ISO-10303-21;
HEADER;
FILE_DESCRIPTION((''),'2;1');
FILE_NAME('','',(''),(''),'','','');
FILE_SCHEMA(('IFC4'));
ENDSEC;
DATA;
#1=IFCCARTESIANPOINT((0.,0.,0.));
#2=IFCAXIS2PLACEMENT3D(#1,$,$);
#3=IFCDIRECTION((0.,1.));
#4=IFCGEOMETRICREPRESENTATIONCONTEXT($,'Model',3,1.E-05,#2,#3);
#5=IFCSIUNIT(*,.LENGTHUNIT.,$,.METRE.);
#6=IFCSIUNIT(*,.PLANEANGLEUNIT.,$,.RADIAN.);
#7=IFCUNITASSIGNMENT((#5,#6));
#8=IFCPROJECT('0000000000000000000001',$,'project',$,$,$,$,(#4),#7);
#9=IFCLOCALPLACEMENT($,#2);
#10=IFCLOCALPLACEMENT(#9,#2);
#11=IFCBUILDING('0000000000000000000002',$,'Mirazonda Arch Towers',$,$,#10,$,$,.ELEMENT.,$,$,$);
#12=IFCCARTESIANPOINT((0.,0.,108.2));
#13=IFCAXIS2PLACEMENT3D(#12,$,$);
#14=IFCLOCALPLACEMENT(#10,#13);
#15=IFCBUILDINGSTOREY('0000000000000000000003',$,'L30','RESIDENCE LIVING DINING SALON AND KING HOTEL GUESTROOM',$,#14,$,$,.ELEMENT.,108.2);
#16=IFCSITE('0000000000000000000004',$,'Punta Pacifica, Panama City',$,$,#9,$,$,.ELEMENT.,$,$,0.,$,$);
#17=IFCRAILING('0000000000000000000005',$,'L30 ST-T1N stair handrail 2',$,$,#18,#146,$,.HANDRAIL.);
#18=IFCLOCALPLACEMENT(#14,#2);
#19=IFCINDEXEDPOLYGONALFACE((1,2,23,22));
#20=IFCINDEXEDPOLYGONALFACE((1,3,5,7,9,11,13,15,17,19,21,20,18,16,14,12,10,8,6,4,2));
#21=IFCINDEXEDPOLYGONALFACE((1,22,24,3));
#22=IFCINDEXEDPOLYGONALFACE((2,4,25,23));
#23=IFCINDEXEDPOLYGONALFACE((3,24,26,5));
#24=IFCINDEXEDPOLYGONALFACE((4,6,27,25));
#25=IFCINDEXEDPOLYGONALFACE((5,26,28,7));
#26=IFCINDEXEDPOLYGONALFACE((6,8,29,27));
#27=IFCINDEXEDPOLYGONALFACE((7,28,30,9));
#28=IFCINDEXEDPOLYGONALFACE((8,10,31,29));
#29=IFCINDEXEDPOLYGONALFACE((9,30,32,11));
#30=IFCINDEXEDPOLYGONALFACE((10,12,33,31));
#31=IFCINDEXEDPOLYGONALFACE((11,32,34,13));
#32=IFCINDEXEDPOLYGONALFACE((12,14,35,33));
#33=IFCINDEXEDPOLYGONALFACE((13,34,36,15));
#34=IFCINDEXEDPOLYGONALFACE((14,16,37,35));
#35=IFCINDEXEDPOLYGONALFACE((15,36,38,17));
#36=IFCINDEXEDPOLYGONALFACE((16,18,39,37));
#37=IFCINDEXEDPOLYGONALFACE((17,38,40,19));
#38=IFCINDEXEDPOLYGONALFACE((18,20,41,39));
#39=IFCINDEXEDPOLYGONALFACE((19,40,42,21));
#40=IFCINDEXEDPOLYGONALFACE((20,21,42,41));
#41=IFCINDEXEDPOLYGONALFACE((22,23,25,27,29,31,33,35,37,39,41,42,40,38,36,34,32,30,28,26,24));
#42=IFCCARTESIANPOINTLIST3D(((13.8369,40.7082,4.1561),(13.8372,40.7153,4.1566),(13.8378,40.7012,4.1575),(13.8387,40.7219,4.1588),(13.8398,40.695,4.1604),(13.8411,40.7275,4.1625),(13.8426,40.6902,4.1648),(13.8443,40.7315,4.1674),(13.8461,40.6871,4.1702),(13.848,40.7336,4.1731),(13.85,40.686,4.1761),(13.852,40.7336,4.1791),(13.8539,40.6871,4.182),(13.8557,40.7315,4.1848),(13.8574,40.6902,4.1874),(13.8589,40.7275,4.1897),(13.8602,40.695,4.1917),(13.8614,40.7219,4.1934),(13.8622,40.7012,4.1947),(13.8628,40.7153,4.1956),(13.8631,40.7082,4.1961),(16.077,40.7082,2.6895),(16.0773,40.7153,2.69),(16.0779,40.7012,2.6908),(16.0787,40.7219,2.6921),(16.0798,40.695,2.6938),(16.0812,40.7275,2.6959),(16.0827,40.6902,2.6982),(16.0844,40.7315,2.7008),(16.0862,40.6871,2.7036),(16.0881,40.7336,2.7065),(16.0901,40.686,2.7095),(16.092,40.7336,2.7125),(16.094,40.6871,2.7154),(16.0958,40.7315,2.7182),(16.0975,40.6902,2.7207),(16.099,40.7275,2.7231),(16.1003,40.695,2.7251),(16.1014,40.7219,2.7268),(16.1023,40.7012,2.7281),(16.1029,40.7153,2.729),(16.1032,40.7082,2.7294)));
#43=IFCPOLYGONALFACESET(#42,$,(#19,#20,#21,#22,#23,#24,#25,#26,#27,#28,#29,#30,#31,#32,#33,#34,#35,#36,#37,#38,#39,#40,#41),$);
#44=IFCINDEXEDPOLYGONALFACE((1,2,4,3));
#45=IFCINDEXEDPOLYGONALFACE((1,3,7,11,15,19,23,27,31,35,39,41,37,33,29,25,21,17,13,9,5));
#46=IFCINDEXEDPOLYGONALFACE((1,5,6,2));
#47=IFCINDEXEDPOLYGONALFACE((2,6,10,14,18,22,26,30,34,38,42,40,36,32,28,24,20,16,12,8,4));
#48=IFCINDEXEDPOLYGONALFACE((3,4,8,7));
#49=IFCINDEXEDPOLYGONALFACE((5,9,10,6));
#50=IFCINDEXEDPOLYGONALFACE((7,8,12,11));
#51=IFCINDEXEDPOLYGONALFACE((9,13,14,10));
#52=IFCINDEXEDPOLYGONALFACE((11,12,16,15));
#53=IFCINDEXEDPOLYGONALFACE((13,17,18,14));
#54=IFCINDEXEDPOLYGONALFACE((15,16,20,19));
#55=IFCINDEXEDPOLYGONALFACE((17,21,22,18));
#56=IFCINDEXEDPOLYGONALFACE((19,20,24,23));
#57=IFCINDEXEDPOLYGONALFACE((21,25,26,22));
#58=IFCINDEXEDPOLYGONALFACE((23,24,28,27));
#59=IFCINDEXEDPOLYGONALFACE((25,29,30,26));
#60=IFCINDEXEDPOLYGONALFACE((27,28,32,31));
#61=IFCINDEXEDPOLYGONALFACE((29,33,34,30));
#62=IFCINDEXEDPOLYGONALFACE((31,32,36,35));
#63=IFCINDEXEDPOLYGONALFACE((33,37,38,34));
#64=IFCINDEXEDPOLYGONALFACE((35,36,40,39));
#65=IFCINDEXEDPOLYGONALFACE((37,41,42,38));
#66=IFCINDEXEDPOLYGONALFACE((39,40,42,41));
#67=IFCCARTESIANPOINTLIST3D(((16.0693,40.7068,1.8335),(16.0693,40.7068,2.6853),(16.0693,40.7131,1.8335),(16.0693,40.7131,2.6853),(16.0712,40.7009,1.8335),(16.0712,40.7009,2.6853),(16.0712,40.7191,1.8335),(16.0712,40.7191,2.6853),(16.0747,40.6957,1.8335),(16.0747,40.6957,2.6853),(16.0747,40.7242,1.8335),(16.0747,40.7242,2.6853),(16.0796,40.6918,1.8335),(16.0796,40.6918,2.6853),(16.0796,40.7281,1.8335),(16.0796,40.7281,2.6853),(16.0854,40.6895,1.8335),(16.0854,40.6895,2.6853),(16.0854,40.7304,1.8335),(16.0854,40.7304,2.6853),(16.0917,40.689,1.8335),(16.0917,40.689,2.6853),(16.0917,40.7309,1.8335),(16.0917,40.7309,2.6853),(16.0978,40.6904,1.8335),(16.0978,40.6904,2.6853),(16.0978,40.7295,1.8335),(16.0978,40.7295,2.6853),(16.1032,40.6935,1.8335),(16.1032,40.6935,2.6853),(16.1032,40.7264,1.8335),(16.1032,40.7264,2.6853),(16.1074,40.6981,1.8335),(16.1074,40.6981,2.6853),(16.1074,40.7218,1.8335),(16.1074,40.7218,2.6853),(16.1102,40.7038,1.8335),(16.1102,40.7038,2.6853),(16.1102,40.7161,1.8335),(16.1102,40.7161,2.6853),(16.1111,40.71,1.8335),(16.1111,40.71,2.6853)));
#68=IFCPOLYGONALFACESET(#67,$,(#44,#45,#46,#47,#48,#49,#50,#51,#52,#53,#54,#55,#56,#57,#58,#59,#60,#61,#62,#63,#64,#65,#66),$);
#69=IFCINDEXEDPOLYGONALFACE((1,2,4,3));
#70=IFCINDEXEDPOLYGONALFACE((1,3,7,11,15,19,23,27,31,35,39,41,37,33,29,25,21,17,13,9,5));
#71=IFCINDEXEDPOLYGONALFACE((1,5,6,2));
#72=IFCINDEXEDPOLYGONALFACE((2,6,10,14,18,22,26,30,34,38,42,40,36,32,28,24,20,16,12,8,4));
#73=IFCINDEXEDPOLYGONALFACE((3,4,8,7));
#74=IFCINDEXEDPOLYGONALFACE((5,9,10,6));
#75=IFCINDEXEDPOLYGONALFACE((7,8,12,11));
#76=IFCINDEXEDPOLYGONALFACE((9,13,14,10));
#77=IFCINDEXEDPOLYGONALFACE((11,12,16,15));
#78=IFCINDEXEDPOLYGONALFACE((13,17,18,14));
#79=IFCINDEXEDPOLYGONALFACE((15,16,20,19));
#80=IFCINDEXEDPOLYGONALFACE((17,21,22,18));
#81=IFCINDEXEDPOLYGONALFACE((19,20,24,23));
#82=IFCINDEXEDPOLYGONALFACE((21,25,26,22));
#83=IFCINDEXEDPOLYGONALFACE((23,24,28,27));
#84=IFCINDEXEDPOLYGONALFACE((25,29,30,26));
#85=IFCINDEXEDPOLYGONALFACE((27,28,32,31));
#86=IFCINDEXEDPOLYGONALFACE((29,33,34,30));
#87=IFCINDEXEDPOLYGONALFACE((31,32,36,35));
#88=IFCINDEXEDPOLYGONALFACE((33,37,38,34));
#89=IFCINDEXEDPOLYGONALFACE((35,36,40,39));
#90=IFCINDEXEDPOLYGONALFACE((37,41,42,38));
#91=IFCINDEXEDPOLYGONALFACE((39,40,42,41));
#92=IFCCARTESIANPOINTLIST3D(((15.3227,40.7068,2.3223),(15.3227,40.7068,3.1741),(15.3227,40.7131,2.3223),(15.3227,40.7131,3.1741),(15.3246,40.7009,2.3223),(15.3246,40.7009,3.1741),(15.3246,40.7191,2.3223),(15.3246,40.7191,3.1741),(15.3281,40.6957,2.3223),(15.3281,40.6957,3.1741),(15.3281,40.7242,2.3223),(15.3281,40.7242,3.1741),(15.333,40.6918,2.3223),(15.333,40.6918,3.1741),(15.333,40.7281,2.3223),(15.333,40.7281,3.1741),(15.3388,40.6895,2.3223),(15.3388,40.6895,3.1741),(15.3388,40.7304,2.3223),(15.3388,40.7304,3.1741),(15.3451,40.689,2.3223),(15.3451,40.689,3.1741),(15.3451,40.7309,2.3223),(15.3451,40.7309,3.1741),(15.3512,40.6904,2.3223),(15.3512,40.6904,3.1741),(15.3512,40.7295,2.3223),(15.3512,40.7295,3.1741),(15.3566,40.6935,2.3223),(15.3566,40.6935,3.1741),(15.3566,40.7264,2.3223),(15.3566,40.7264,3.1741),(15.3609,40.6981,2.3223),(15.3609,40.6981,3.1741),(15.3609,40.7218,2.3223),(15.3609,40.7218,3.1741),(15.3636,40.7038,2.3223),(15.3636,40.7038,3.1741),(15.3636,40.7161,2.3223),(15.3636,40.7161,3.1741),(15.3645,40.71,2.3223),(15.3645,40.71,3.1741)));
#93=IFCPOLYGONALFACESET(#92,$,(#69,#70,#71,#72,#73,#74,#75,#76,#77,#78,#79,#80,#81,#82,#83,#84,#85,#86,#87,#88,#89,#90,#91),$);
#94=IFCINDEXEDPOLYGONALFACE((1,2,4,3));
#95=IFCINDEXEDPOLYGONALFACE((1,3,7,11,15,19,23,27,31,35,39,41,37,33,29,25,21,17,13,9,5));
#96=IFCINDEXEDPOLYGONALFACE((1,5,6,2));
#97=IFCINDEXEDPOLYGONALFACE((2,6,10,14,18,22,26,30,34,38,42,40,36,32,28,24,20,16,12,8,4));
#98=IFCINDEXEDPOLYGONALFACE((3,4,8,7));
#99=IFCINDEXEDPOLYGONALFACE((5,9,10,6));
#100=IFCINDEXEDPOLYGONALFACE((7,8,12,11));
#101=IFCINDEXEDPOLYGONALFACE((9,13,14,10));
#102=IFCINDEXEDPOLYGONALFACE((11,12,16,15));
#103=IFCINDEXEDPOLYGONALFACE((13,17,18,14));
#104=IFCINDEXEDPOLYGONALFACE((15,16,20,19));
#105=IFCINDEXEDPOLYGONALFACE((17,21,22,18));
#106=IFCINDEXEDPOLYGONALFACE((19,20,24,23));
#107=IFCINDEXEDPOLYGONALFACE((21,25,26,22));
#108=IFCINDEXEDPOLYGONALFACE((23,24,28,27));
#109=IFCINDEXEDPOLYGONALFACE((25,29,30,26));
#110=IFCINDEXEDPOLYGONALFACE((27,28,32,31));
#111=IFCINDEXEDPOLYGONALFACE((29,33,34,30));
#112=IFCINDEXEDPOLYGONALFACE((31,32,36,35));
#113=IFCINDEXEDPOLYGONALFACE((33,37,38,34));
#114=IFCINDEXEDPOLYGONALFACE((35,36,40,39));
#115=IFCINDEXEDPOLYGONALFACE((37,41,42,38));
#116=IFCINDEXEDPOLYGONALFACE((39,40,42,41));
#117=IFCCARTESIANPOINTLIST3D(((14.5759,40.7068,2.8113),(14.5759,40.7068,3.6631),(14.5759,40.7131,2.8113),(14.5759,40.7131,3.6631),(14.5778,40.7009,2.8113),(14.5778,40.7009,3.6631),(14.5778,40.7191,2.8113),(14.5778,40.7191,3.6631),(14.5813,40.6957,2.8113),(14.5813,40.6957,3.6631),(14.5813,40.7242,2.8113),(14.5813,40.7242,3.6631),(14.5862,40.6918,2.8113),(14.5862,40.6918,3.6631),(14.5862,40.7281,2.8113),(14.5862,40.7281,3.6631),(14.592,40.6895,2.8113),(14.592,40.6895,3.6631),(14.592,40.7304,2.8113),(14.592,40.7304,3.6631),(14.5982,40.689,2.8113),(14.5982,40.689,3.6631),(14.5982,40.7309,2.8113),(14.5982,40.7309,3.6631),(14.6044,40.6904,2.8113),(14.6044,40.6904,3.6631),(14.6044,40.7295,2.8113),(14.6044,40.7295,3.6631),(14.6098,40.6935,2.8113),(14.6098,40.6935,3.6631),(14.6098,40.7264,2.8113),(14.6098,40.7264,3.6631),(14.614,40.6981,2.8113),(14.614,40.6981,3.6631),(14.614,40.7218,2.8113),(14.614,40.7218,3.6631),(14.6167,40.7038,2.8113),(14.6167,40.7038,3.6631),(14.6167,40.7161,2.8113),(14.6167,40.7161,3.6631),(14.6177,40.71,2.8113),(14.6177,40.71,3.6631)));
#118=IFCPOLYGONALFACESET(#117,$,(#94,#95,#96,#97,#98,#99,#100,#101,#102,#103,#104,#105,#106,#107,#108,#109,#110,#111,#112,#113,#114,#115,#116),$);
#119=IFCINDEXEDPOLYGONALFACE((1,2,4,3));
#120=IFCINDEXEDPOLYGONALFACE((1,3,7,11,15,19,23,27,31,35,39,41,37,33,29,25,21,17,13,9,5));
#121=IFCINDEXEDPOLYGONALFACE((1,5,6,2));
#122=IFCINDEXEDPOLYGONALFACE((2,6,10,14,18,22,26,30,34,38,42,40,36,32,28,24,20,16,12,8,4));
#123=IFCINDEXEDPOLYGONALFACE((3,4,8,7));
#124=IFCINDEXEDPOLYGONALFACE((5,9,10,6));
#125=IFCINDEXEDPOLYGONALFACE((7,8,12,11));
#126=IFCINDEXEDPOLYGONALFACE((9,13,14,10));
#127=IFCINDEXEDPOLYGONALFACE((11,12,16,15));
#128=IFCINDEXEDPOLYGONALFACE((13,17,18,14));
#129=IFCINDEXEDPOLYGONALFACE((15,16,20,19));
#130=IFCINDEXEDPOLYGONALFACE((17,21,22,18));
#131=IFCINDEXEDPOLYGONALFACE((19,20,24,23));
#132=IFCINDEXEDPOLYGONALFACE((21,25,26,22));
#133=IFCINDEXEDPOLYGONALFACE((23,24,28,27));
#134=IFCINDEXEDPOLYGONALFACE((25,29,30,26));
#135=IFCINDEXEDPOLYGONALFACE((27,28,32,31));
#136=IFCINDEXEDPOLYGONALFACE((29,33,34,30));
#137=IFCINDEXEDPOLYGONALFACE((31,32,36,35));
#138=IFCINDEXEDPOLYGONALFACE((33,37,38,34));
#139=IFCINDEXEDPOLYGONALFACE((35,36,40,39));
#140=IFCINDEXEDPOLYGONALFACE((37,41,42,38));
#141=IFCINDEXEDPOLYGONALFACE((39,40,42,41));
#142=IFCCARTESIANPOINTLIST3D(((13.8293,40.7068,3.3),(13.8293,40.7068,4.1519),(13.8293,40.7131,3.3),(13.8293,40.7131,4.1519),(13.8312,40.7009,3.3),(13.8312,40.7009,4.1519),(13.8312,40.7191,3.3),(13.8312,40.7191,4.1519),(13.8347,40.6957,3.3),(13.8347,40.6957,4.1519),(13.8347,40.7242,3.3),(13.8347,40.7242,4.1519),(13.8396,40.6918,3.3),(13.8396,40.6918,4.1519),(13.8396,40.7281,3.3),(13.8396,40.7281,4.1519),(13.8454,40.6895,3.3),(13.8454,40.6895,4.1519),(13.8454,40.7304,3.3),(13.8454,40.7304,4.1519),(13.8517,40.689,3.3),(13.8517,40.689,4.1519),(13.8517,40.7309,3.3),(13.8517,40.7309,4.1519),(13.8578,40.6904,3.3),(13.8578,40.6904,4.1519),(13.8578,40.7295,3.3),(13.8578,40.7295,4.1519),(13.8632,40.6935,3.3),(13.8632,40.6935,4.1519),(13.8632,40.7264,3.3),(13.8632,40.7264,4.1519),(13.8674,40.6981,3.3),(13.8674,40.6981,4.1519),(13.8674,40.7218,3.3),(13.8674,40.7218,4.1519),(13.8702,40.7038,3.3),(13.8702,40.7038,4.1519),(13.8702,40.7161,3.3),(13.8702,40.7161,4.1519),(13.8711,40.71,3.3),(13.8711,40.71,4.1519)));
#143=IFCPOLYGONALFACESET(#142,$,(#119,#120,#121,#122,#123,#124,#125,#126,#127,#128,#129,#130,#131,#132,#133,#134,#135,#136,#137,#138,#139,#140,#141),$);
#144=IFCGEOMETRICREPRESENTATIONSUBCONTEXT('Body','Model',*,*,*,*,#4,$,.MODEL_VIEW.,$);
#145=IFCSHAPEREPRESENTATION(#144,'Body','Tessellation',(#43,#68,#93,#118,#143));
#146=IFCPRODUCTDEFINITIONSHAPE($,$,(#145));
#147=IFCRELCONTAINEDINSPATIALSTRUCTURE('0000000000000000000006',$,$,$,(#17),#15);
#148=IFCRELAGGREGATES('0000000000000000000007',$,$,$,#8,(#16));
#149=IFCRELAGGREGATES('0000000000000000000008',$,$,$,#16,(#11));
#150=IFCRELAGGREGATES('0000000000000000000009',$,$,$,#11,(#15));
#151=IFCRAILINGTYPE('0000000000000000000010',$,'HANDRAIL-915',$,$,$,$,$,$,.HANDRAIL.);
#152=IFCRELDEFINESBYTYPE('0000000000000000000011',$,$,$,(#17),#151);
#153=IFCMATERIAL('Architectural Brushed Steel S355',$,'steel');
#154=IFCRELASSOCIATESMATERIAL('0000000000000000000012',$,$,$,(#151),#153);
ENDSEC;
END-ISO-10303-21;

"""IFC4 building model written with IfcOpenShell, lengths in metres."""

from ifc_helpers import new_model, si_unit, direction, frame, origin, origin_2d, place, context, subcontext, project, spatial, circle, extrude, material, type_object, element, save


model = new_model("IFC4")

# Units and contexts
model_context = context("Model", 3, precision=1e-05, world=origin(), true_north=direction((0.0, 1.0)))
body_context = subcontext(model_context, "Body", "Model", "MODEL_VIEW")
ifc_project = project(units=[si_unit("LENGTHUNIT", "METRE"), si_unit("PLANEANGLEUNIT", "RADIAN")], contexts=[model_context])

# Site, building, storey
site_placement = place(None, origin())
site = spatial("IfcSite", under=ifc_project, at=site_placement, Name="Punta Pacifica, Panama City", CompositionType="ELEMENT", RefElevation=0.0)
building_placement = place(site_placement, origin())
building = spatial("IfcBuilding", under=site, at=building_placement, Name="Mirazonda Arch Towers", CompositionType="ELEMENT")
storey_placement = place(building_placement, frame((0.0, 0.0, 108.2)))
storey = spatial("IfcBuildingStorey", under=building, at=storey_placement, Name="L30", Description="RESIDENCE LIVING DINING SALON AND KING HOTEL GUESTROOM", CompositionType="ELEMENT", Elevation=108.2)

# Shared definitions
ifc_material_1 = material(Name="Architectural Brushed Steel S355", Category="steel")

# Railing
railing_type_1 = type_object("IfcRailingType", Name="HANDRAIL-915", PredefinedType="HANDRAIL", material=ifc_material_1)
railing_1_placement = place(storey_placement, frame((16.0901, 40.71, 1.8335)))
element("IfcRailing", 1, at=railing_1_placement, inside=storey, type_object=railing_type_1, Name="L30 ST-T1N stair handrail 2", PredefinedType="HANDRAIL", context=body_context, shape_type="SweptSolid", body=[
    extrude(circle(Radius=0.0239, at=origin_2d()), frame((0.0, 0.0, 0.876), z_axis=(-0.836637, 0.0, 0.547758), x_axis=(0.0, -1.0, 0.0)), (0.0, 0.0, 1.0), 2.6775),
    extrude(circle(Radius=0.021, at=origin_2d()), origin(), (0.0, 0.0, 1.0), 0.8518),
    extrude(circle(Radius=0.021, at=origin_2d()), frame((-0.7466, 0.0, 0.4888)), (0.0, 0.0, 1.0), 0.8518),
    extrude(circle(Radius=0.021, at=origin_2d()), frame((-1.4934, 0.0, 0.9778)), (0.0, 0.0, 1.0), 0.8518),
    extrude(circle(Radius=0.021, at=origin_2d()), frame((-2.24, 0.0, 1.4666)), (0.0, 0.0, 1.0), 0.8518),
])

save(model, "model.ifc")
